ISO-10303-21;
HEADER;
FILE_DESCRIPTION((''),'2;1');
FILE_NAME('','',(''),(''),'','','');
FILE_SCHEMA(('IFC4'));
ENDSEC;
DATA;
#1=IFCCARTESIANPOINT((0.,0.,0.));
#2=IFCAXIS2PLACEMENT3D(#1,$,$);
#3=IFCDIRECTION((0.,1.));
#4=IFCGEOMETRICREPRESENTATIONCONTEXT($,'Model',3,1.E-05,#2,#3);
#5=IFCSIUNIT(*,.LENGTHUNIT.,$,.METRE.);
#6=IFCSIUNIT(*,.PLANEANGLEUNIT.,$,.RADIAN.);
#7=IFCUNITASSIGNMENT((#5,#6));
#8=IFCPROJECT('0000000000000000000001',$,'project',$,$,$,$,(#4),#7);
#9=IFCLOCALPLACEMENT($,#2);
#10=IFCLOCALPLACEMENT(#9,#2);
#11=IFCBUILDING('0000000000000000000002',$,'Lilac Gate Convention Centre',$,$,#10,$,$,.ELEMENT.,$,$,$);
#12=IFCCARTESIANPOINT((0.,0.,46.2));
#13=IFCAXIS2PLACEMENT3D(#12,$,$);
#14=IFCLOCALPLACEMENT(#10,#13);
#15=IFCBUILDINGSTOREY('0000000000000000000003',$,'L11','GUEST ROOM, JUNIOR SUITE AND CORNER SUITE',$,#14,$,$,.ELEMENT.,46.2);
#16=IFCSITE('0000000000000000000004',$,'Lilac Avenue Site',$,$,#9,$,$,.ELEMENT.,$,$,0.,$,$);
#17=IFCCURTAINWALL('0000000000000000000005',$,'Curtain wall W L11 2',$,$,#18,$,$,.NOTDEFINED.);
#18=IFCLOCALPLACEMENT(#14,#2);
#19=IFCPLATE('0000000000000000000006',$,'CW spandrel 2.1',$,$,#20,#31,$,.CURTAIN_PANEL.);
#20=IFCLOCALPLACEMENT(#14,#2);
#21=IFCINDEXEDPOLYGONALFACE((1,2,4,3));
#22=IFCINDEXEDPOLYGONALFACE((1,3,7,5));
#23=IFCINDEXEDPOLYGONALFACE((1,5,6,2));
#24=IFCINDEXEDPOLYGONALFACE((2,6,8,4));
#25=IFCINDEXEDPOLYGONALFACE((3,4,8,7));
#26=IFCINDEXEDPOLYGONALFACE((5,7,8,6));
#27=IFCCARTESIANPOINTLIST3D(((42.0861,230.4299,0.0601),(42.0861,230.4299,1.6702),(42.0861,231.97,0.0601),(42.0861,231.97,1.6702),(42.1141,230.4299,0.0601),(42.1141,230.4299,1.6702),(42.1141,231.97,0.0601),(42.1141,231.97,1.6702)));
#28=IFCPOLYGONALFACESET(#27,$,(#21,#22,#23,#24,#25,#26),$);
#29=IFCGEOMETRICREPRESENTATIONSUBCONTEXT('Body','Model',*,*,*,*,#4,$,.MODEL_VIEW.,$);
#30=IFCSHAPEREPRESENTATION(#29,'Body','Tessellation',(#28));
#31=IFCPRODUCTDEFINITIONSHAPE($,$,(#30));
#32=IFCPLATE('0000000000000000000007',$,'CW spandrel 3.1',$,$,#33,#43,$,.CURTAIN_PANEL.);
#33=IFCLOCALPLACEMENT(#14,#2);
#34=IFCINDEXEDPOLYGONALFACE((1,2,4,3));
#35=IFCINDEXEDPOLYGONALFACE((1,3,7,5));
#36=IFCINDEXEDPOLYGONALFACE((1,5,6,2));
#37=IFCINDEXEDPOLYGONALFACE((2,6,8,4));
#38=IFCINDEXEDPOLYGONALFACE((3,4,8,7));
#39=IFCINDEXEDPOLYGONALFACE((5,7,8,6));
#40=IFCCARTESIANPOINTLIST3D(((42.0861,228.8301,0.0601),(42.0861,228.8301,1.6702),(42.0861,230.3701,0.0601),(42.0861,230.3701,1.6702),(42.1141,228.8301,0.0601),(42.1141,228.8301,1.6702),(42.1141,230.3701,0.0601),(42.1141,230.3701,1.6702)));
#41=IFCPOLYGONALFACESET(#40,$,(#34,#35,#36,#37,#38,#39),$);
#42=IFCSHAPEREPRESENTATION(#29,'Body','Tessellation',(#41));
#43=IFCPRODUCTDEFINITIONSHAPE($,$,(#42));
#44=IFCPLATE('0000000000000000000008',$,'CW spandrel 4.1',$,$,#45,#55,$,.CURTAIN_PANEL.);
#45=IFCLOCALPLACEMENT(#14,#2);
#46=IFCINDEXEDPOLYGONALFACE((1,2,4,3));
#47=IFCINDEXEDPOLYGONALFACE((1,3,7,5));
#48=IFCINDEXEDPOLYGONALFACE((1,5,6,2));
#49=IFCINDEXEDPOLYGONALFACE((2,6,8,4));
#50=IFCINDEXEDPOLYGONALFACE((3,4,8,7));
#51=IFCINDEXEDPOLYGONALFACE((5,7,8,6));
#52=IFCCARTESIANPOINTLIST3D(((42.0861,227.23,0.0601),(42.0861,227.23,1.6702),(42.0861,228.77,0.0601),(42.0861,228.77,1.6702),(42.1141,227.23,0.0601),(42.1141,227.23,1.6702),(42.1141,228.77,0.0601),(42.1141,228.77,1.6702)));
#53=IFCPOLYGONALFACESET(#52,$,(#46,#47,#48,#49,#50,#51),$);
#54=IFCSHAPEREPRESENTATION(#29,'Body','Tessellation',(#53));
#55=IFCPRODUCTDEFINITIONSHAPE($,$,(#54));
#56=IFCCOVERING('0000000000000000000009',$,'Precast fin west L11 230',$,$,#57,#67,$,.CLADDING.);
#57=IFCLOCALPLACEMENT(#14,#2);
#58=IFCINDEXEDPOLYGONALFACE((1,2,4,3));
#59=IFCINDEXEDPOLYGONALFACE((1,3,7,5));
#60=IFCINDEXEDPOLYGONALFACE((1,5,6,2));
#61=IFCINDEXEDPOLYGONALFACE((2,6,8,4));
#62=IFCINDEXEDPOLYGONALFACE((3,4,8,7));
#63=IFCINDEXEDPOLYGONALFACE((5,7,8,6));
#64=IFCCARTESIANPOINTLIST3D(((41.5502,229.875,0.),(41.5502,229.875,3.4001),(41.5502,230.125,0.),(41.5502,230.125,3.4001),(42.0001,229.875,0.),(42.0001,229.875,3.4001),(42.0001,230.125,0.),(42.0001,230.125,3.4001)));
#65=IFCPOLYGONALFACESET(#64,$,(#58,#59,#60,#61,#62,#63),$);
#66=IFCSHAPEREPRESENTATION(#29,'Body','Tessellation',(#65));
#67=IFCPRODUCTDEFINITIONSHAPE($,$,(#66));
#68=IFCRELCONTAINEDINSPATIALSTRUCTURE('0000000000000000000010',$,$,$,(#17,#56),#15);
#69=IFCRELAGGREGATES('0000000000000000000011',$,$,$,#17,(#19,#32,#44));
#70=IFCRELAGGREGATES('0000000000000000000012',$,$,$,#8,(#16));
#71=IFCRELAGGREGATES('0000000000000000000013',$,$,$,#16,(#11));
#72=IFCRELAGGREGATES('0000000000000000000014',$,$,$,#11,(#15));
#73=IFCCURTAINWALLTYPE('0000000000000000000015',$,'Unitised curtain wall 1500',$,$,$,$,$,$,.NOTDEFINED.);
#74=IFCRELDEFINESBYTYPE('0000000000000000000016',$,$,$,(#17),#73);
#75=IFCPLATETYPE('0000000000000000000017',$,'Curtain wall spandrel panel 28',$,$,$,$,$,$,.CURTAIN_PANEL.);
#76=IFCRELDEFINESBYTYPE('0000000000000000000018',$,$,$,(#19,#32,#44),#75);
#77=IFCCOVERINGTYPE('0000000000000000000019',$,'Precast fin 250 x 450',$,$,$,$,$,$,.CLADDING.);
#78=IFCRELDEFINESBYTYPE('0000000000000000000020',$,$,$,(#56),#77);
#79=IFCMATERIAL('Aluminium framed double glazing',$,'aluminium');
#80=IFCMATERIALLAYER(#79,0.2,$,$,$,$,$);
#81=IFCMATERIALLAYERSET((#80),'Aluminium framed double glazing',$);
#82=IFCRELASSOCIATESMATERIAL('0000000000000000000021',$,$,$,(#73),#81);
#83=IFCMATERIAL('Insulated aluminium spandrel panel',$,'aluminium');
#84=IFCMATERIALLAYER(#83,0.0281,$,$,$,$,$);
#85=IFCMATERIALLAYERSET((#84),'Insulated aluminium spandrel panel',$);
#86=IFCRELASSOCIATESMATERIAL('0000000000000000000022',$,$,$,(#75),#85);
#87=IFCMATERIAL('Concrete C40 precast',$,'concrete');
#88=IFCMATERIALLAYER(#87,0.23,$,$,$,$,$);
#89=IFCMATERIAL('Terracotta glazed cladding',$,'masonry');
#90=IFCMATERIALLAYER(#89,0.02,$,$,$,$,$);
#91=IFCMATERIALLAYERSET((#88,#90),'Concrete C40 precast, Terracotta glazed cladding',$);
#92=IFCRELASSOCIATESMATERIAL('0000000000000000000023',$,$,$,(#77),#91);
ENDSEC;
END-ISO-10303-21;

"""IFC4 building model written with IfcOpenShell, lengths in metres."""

from ifc_helpers import new_model, si_unit, direction, frame, frame_2d, origin, origin_2d, place, context, subcontext, project, spatial, rectangle, extrude, material, layer, layer_set, type_object, element, aggregate, save


model = new_model("IFC4")

# Units and contexts
model_context = context("Model", 3, precision=1e-05, world=origin(), true_north=direction((0.0, 1.0)))
body_context = subcontext(model_context, "Body", "Model", "MODEL_VIEW")
ifc_project = project(units=[si_unit("LENGTHUNIT", "METRE"), si_unit("PLANEANGLEUNIT", "RADIAN")], contexts=[model_context])

# Site, building, storey
site_placement = place(None, origin())
site = spatial("IfcSite", under=ifc_project, at=site_placement, Name="Lilac Avenue Site", CompositionType="ELEMENT", RefElevation=0.0)
building_placement = place(site_placement, origin())
building = spatial("IfcBuilding", under=site, at=building_placement, Name="Lilac Gate Convention Centre", CompositionType="ELEMENT")
storey_placement = place(building_placement, frame((0.0, 0.0, 46.2)))
storey = spatial("IfcBuildingStorey", under=building, at=storey_placement, Name="L11", Description="GUEST ROOM, JUNIOR SUITE AND CORNER SUITE", CompositionType="ELEMENT", Elevation=46.2)

# Curtain wall, plates
ifc_material_1 = material(Name="Aluminium framed double glazing", Category="aluminium")
ifc_layer_1 = layer(ifc_material_1, 0.2)
ifc_layer_set_1 = layer_set([ifc_layer_1], Name="Aluminium framed double glazing")
curtain_wall_type = type_object("IfcCurtainWallType", Name="Unitised curtain wall 1500", PredefinedType="NOTDEFINED", material=ifc_layer_set_1)
curtain_wall_placement = place(storey_placement, origin())
curtain_wall = element("IfcCurtainWall", 1, at=curtain_wall_placement, inside=storey, type_object=curtain_wall_type, Name="Curtain wall W L11 2", PredefinedType="NOTDEFINED")
ifc_material_2 = material(Name="Insulated aluminium spandrel panel", Category="aluminium")
ifc_layer_2 = layer(ifc_material_2, 0.0281)
ifc_layer_set_2 = layer_set([ifc_layer_2], Name="Insulated aluminium spandrel panel")
plate_type_1 = type_object("IfcPlateType", Name="Curtain wall spandrel panel 28", PredefinedType="CURTAIN_PANEL", material=ifc_layer_set_2)
plate_1_placement = place(storey_placement, frame((42.1001, 231.2, 0.0601), z_axis=(0.0, 0.0, 1.0), x_axis=(0.0, -1.0, 0.0)))
plate_1 = element("IfcPlate", 2, at=plate_1_placement, type_object=plate_type_1, Name="CW spandrel 2.1", PredefinedType="CURTAIN_PANEL", context=body_context, shape_type="SweptSolid", body=[
    extrude(rectangle(XDim=1.54, YDim=0.0281, at=origin_2d()), origin(), (0.0, 0.0, 1.0), 1.6101),
])
plate_2_placement = place(storey_placement, frame((42.1001, 229.6001, 0.0601), z_axis=(0.0, 0.0, 1.0), x_axis=(0.0, -1.0, 0.0)))
plate_2 = element("IfcPlate", 3, at=plate_2_placement, type_object=plate_type_1, Name="CW spandrel 3.1", PredefinedType="CURTAIN_PANEL", context=body_context, shape_type="SweptSolid", body=[
    extrude(rectangle(XDim=1.54, YDim=0.0281, at=origin_2d()), origin(), (0.0, 0.0, 1.0), 1.6101),
])
plate_3_placement = place(storey_placement, frame((42.1001, 228.0, 0.0601), z_axis=(0.0, 0.0, 1.0), x_axis=(0.0, -1.0, 0.0)))
plate_3 = element("IfcPlate", 4, at=plate_3_placement, type_object=plate_type_1, Name="CW spandrel 4.1", PredefinedType="CURTAIN_PANEL", context=body_context, shape_type="SweptSolid", body=[
    extrude(rectangle(XDim=1.54, YDim=0.0281, at=origin_2d()), origin(), (0.0, 0.0, 1.0), 1.6101),
])
aggregate(curtain_wall, [plate_1, plate_2, plate_3])

# Covering
ifc_material_3 = material(Name="Concrete C40 precast", Category="concrete")
ifc_layer_3 = layer(ifc_material_3, 0.23)
ifc_material_4 = material(Name="Terracotta glazed cladding", Category="masonry")
ifc_layer_4 = layer(ifc_material_4, 0.02)
ifc_layer_set_3 = layer_set([ifc_layer_3, ifc_layer_4], Name="Concrete C40 precast, Terracotta glazed cladding")
covering_type = type_object("IfcCoveringType", Name="Precast fin 250 x 450", PredefinedType="CLADDING", material=ifc_layer_set_3)
covering_placement = place(storey_placement, frame((41.55, 230.0, 0.0), z_axis=(0.0, 0.0, 1.0), x_axis=(1.0, 0.0, 0.0)))
element("IfcCovering", 5, at=covering_placement, inside=storey, type_object=covering_type, Name="Precast fin west L11 230", PredefinedType="CLADDING", context=body_context, shape_type="SweptSolid", body=[
    extrude(rectangle(XDim=0.45, YDim=0.25, at=frame_2d((0.2251, 0.0))), origin(), (0.0, 0.0, 1.0), 3.4001),
])

save(model, "model.ifc")
